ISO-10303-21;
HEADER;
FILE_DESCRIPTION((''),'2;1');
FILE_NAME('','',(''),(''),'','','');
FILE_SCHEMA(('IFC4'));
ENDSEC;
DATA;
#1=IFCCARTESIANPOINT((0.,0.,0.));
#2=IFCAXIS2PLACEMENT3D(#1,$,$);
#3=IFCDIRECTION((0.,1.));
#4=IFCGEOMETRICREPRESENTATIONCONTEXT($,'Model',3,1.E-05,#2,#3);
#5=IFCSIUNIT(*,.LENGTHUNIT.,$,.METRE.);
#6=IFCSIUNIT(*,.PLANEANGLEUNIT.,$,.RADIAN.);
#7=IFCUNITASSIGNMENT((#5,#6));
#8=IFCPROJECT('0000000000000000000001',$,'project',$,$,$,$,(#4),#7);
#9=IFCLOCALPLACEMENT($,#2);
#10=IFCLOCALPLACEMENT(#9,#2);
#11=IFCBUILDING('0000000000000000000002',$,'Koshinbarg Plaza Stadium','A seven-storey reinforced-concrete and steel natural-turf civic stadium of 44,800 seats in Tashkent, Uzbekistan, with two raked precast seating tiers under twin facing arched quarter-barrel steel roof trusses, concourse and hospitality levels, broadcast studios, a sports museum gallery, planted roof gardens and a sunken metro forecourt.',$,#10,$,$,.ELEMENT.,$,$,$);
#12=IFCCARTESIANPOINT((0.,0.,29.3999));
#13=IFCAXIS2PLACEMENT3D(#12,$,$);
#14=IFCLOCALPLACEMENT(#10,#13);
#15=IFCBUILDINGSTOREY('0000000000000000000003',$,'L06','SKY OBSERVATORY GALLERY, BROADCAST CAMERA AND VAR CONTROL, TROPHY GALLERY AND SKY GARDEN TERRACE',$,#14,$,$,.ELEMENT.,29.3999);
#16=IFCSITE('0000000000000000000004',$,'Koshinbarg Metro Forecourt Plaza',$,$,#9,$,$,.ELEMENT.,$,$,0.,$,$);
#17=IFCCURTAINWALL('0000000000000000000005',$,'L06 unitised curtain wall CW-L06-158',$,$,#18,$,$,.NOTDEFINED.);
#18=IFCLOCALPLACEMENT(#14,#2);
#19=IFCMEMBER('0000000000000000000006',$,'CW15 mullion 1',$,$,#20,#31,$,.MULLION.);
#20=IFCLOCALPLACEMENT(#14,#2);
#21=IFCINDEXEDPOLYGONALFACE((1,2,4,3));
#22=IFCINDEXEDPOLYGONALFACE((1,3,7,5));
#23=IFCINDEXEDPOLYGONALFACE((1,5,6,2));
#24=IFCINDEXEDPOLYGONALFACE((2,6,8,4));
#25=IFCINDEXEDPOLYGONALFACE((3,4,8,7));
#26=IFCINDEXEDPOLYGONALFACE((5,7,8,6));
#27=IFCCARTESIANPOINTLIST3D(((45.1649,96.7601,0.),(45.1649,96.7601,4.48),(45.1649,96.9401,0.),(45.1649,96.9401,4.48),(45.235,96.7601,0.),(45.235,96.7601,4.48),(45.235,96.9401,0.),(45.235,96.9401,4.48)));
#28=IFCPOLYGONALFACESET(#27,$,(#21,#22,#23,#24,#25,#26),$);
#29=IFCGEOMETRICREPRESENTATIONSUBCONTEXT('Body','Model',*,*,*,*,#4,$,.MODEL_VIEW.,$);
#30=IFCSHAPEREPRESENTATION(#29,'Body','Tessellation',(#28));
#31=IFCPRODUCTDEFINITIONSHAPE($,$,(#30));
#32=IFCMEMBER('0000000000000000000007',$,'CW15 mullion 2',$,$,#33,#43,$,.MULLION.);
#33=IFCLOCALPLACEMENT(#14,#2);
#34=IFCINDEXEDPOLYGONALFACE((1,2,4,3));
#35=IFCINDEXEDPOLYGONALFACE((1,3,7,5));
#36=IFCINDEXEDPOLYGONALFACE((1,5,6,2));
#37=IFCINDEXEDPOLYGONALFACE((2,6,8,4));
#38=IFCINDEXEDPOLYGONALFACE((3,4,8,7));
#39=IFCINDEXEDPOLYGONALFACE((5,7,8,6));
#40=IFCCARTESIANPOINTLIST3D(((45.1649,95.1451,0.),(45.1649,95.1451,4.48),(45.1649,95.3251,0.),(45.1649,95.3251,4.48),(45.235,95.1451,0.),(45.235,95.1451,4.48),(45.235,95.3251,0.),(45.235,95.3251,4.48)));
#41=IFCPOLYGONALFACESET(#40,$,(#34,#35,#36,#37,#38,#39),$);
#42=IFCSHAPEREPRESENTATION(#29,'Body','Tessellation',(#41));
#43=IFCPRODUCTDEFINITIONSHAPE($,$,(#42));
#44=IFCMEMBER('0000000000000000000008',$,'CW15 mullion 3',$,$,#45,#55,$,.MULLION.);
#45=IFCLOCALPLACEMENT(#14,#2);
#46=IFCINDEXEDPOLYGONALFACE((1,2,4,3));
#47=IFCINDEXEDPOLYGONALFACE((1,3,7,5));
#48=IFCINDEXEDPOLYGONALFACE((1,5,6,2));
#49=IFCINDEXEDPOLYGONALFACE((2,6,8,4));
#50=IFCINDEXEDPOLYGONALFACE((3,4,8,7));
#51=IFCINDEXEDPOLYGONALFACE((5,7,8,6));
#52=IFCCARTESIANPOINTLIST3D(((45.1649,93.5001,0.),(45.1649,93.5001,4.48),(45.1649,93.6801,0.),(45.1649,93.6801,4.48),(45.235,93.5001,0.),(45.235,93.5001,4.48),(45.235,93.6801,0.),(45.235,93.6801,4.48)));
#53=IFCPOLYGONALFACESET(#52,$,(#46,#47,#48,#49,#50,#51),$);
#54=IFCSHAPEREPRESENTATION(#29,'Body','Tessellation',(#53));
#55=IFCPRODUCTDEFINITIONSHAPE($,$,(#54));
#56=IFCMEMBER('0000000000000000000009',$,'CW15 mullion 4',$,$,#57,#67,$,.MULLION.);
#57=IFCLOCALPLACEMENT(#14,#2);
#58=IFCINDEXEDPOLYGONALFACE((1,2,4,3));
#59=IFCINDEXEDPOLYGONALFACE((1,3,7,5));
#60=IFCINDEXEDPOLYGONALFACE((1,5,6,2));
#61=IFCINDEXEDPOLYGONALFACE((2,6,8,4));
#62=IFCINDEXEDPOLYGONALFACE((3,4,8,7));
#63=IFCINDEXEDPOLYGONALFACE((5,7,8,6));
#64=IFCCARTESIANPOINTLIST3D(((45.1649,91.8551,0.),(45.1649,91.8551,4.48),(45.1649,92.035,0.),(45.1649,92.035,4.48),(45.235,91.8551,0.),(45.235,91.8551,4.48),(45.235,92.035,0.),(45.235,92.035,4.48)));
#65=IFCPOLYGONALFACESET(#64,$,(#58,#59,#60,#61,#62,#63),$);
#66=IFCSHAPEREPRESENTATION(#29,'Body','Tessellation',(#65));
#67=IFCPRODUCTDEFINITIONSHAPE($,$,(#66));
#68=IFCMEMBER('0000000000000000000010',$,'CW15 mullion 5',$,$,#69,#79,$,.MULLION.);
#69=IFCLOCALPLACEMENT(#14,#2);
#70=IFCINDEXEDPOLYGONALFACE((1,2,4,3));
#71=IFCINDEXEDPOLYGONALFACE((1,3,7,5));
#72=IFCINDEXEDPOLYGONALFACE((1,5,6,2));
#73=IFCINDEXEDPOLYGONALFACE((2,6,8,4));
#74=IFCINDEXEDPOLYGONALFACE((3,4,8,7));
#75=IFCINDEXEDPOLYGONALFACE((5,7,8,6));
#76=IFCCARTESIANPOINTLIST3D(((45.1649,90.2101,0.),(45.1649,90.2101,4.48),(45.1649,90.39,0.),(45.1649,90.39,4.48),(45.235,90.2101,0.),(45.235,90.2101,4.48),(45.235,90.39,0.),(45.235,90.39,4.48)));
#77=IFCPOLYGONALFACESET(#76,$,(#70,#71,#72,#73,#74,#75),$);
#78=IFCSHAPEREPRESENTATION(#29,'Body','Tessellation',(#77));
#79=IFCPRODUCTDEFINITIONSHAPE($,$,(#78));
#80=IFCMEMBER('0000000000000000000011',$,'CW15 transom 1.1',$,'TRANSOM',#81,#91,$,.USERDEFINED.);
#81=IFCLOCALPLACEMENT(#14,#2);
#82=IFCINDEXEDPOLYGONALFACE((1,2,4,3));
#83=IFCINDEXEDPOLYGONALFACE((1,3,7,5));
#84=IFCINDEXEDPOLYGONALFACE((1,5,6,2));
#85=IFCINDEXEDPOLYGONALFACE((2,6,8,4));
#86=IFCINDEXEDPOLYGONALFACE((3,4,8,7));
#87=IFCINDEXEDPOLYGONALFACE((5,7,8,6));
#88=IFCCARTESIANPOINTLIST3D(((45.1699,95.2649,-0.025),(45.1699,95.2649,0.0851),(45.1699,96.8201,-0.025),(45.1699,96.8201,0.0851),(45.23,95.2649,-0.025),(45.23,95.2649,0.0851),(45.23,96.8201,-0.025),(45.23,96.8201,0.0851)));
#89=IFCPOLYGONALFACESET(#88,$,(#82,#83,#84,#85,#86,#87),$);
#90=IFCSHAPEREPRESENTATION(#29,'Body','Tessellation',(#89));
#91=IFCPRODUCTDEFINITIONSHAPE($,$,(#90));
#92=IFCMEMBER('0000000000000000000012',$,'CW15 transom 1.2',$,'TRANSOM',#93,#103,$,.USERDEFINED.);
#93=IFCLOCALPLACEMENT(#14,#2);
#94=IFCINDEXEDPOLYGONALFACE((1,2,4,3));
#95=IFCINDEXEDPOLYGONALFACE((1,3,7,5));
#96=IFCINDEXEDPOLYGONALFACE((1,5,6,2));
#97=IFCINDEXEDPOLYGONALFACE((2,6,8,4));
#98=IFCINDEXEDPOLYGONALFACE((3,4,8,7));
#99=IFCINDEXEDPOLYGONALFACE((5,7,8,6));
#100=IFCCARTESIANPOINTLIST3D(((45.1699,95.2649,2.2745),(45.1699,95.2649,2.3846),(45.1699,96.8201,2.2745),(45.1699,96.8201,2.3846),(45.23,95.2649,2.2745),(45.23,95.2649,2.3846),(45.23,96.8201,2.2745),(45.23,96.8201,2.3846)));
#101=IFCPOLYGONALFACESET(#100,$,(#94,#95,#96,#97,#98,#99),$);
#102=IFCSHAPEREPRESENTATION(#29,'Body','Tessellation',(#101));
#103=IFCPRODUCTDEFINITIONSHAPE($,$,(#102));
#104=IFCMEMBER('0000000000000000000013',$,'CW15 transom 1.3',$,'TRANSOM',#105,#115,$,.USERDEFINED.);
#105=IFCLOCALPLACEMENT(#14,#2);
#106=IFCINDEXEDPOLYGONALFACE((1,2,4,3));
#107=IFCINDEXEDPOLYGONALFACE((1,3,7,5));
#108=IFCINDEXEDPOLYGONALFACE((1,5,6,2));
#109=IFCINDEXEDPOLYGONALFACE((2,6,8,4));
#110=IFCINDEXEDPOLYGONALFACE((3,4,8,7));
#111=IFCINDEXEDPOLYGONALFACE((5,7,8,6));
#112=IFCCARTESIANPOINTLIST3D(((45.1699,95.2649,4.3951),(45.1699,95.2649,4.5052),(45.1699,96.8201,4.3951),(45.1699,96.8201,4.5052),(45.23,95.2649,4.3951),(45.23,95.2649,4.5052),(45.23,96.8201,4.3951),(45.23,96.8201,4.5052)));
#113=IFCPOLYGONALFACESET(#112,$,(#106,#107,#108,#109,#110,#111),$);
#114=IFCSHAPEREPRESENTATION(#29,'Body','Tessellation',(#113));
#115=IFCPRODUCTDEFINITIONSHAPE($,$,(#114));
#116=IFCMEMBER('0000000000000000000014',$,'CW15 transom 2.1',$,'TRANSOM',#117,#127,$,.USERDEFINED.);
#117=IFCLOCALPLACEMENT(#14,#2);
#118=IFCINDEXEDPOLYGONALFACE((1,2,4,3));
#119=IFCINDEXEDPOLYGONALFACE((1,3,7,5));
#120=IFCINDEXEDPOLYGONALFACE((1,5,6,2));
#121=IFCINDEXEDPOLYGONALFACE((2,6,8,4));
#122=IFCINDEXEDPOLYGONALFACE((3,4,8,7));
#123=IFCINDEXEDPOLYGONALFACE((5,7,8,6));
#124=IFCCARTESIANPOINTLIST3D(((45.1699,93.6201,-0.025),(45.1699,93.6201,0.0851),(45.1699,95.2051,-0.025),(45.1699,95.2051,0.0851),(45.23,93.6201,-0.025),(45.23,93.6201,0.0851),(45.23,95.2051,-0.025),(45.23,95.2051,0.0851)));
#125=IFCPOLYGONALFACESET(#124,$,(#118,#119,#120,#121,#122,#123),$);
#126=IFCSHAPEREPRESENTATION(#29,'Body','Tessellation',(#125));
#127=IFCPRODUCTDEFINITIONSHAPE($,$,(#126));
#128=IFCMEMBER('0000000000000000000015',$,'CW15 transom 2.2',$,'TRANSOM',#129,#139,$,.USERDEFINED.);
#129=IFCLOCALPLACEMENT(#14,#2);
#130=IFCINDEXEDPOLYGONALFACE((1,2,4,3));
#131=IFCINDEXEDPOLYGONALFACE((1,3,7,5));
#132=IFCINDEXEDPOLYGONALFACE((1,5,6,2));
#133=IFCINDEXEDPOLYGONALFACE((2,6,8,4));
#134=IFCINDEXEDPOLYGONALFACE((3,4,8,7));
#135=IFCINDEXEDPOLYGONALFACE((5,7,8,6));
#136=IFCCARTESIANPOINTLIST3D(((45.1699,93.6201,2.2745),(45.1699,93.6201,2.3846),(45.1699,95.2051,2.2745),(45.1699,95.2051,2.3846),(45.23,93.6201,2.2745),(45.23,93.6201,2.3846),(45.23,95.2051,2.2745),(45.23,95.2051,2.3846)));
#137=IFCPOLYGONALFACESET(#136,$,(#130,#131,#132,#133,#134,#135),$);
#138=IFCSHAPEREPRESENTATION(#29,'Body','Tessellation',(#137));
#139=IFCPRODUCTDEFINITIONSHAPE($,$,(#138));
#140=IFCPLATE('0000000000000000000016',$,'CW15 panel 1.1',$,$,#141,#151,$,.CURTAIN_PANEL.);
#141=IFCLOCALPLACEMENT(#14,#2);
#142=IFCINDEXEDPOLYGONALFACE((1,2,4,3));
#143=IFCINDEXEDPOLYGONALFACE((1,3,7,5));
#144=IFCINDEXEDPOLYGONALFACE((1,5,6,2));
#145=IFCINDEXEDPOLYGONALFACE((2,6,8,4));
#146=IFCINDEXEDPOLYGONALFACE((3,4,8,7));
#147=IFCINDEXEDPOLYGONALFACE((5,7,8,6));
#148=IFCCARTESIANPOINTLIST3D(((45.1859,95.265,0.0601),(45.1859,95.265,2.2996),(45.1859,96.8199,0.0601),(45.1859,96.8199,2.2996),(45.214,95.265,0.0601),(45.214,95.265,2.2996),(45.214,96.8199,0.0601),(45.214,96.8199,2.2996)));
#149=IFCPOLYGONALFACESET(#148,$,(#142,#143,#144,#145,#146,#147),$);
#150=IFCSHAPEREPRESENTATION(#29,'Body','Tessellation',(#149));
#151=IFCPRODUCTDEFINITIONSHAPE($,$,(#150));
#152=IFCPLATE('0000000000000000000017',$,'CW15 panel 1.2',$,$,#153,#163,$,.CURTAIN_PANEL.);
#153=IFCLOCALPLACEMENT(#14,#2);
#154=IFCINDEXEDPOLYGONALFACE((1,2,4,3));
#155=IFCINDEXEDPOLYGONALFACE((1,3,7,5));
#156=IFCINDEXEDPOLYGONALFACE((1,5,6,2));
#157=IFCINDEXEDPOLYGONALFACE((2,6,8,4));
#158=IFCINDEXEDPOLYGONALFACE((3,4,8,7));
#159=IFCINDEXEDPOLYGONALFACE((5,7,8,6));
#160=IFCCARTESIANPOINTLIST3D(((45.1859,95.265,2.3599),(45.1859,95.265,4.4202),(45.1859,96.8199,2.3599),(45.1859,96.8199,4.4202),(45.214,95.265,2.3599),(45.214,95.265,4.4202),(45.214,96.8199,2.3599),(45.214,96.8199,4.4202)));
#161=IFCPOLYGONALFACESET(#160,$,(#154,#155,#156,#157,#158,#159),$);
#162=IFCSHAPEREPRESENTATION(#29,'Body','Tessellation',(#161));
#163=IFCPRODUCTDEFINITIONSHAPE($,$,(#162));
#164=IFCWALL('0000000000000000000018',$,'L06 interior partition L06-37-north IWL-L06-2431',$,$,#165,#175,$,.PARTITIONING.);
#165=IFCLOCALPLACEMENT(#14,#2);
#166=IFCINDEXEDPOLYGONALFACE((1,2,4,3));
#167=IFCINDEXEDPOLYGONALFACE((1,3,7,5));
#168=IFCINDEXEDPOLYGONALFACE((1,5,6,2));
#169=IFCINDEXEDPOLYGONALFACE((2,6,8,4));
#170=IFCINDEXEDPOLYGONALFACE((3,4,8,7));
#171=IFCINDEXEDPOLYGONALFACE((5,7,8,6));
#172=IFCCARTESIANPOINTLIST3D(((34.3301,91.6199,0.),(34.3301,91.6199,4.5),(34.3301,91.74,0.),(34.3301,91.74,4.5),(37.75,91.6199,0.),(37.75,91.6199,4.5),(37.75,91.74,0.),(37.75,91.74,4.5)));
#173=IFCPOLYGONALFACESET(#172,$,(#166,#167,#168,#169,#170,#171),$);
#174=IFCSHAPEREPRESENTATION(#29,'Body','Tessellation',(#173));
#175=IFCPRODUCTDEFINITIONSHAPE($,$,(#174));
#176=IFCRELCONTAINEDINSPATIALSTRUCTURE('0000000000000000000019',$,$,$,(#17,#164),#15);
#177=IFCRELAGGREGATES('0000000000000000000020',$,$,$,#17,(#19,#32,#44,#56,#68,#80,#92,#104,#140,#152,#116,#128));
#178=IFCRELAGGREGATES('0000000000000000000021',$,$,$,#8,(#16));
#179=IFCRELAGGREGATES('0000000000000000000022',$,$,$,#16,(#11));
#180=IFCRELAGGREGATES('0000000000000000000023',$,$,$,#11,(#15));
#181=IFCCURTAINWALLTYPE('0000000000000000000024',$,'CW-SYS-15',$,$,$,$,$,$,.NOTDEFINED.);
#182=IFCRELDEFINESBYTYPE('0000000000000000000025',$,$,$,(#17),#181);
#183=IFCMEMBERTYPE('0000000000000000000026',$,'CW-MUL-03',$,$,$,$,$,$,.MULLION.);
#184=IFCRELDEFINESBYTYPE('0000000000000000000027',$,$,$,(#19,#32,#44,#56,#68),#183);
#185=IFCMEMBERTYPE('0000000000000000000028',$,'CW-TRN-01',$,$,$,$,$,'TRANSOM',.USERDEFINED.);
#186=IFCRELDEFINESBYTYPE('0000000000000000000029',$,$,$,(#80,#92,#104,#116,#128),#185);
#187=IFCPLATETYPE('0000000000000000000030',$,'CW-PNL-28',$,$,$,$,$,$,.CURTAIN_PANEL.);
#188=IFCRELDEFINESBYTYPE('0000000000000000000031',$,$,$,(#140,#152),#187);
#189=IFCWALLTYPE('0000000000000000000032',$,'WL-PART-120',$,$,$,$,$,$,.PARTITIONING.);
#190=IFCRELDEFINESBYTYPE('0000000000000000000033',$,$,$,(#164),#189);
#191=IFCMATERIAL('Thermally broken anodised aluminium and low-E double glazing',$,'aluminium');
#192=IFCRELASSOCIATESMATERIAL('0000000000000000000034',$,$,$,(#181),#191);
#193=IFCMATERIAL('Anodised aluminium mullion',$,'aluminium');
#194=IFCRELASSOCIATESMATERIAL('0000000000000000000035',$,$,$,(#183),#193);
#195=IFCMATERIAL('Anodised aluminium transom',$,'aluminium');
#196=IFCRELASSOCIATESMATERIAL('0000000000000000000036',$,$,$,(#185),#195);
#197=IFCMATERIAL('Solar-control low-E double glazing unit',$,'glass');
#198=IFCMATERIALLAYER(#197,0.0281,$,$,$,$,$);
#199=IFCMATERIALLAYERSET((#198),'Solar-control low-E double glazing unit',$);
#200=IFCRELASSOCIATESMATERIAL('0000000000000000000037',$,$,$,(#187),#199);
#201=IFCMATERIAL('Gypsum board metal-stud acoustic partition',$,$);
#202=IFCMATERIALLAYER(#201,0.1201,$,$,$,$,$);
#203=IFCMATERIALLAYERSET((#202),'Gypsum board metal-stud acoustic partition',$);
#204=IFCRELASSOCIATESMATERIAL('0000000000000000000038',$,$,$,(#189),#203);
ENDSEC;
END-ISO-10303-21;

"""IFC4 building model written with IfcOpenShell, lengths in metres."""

from ifc_helpers import new_model, si_unit, direction, frame, frame_2d, origin, origin_2d, place, context, subcontext, project, spatial, rectangle, extrude, material, layer, layer_set, material_profile, profile_set, type_object, element, aggregate, save


model = new_model("IFC4")

# Units and contexts
model_context = context("Model", 3, precision=1e-05, world=origin(), true_north=direction((0.0, 1.0)))
body_context = subcontext(model_context, "Body", "Model", "MODEL_VIEW")
ifc_project = project(units=[si_unit("LENGTHUNIT", "METRE"), si_unit("PLANEANGLEUNIT", "RADIAN")], contexts=[model_context])

# Site, building, storey
site_placement = place(None, origin())
site = spatial("IfcSite", under=ifc_project, at=site_placement, Name="Koshinbarg Metro Forecourt Plaza", CompositionType="ELEMENT", RefElevation=0.0)
building_placement = place(site_placement, origin())
building = spatial("IfcBuilding", under=site, at=building_placement, Name="Koshinbarg Plaza Stadium", Description="A seven-storey reinforced-concrete and steel natural-turf civic stadium of 44,800 seats in Tashkent, Uzbekistan, with two raked precast seating tiers under twin facing arched quarter-barrel steel roof trusses, concourse and hospitality levels, broadcast studios, a sports museum gallery, planted roof gardens and a sunken metro forecourt.", CompositionType="ELEMENT")
storey_placement = place(building_placement, frame((0.0, 0.0, 29.3999)))
storey = spatial("IfcBuildingStorey", under=building, at=storey_placement, Name="L06", Description="SKY OBSERVATORY GALLERY, BROADCAST CAMERA AND VAR CONTROL, TROPHY GALLERY AND SKY GARDEN TERRACE", CompositionType="ELEMENT", Elevation=29.3999)

# Curtain wall, members, plates
ifc_material_1 = material(Name="Thermally broken anodised aluminium and low-E double glazing", Category="aluminium")
curtain_wall_type = type_object("IfcCurtainWallType", Name="CW-SYS-15", PredefinedType="NOTDEFINED", material=ifc_material_1)
curtain_wall_placement = place(storey_placement, origin())
curtain_wall = element("IfcCurtainWall", 1, at=curtain_wall_placement, inside=storey, type_object=curtain_wall_type, Name="L06 unitised curtain wall CW-L06-158", PredefinedType="NOTDEFINED")
ifc_material_2 = material(Name="Anodised aluminium mullion", Category="aluminium")
ifc_material_profile_1 = material_profile(ifc_material_2, rectangle(XDim=0.0701, YDim=0.1799, at=origin_2d()), Name="ALU 70x180")
ifc_profile_set_1 = profile_set([ifc_material_profile_1], Name="Anodised aluminium mullion")
member_type_1 = type_object("IfcMemberType", Name="CW-MUL-03", PredefinedType="MULLION", material=ifc_profile_set_1)
member_1_placement = place(storey_placement, frame((45.2, 96.8501, 0.0), z_axis=(0.0, 0.0, 1.0), x_axis=(1.0, 0.0, 0.0)))
member_1 = element("IfcMember", 2, at=member_1_placement, type_object=member_type_1, Name="CW15 mullion 1", PredefinedType="MULLION", context=body_context, shape_type="SweptSolid", body=[
    extrude(rectangle(XDim=0.0701, YDim=0.1799, at=origin_2d()), origin(), (0.0, 0.0, 1.0), 4.48),
])
member_2_placement = place(storey_placement, frame((45.2, 95.2351, 0.0), z_axis=(0.0, 0.0, 1.0), x_axis=(1.0, 0.0, 0.0)))
member_2 = element("IfcMember", 3, at=member_2_placement, type_object=member_type_1, Name="CW15 mullion 2", PredefinedType="MULLION", context=body_context, shape_type="SweptSolid", body=[
    extrude(rectangle(XDim=0.0701, YDim=0.1799, at=origin_2d()), origin(), (0.0, 0.0, 1.0), 4.48),
])
member_3_placement = place(storey_placement, frame((45.2, 93.5901, 0.0), z_axis=(0.0, 0.0, 1.0), x_axis=(1.0, 0.0, 0.0)))
member_3 = element("IfcMember", 4, at=member_3_placement, type_object=member_type_1, Name="CW15 mullion 3", PredefinedType="MULLION", context=body_context, shape_type="SweptSolid", body=[
    extrude(rectangle(XDim=0.0701, YDim=0.1799, at=origin_2d()), origin(), (0.0, 0.0, 1.0), 4.48),
])
member_4_placement = place(storey_placement, frame((45.2, 91.9451, 0.0), z_axis=(0.0, 0.0, 1.0), x_axis=(1.0, 0.0, 0.0)))
member_4 = element("IfcMember", 5, at=member_4_placement, type_object=member_type_1, Name="CW15 mullion 4", PredefinedType="MULLION", context=body_context, shape_type="SweptSolid", body=[
    extrude(rectangle(XDim=0.0701, YDim=0.1799, at=origin_2d()), origin(), (0.0, 0.0, 1.0), 4.48),
])
member_5_placement = place(storey_placement, frame((45.2, 90.3, 0.0), z_axis=(0.0, 0.0, 1.0), x_axis=(1.0, 0.0, 0.0)))
member_5 = element("IfcMember", 6, at=member_5_placement, type_object=member_type_1, Name="CW15 mullion 5", PredefinedType="MULLION", context=body_context, shape_type="SweptSolid", body=[
    extrude(rectangle(XDim=0.0701, YDim=0.1799, at=origin_2d()), origin(), (0.0, 0.0, 1.0), 4.48),
])
ifc_material_3 = material(Name="Anodised aluminium transom", Category="aluminium")
ifc_material_profile_2 = material_profile(ifc_material_3, rectangle(XDim=0.0601, YDim=0.1101, at=origin_2d()), Name="ALU 60x110")
ifc_profile_set_2 = profile_set([ifc_material_profile_2], Name="Anodised aluminium transom")
member_type_2 = type_object("IfcMemberType", Name="CW-TRN-01", ElementType="TRANSOM", PredefinedType="USERDEFINED", material=ifc_profile_set_2)
member_6_placement = place(storey_placement, frame((45.2, 96.8201, 0.03), z_axis=(0.0, -1.0, 0.0), x_axis=(1.0, 0.0, 0.0)))
member_6 = element("IfcMember", 7, at=member_6_placement, type_object=member_type_2, Name="CW15 transom 1.1", ObjectType="TRANSOM", PredefinedType="USERDEFINED", context=body_context, shape_type="SweptSolid", body=[
    extrude(rectangle(XDim=0.0601, YDim=0.1101, at=origin_2d()), origin(), (0.0, 0.0, 1.0), 1.5552),
])
member_7_placement = place(storey_placement, frame((45.2, 96.8201, 2.3296), z_axis=(0.0, -1.0, 0.0), x_axis=(1.0, 0.0, 0.0)))
member_7 = element("IfcMember", 8, at=member_7_placement, type_object=member_type_2, Name="CW15 transom 1.2", ObjectType="TRANSOM", PredefinedType="USERDEFINED", context=body_context, shape_type="SweptSolid", body=[
    extrude(rectangle(XDim=0.0601, YDim=0.1101, at=origin_2d()), origin(), (0.0, 0.0, 1.0), 1.5552),
])
member_8_placement = place(storey_placement, frame((45.2, 96.8201, 4.4502), z_axis=(0.0, -1.0, 0.0), x_axis=(1.0, 0.0, 0.0)))
member_8 = element("IfcMember", 9, at=member_8_placement, type_object=member_type_2, Name="CW15 transom 1.3", ObjectType="TRANSOM", PredefinedType="USERDEFINED", context=body_context, shape_type="SweptSolid", body=[
    extrude(rectangle(XDim=0.0601, YDim=0.1101, at=origin_2d()), origin(), (0.0, 0.0, 1.0), 1.5552),
])
member_9_placement = place(storey_placement, frame((45.2, 95.2051, 0.03), z_axis=(0.0, -1.0, 0.0), x_axis=(1.0, 0.0, 0.0)))
member_9 = element("IfcMember", 10, at=member_9_placement, type_object=member_type_2, Name="CW15 transom 2.1", ObjectType="TRANSOM", PredefinedType="USERDEFINED", context=body_context, shape_type="SweptSolid", body=[
    extrude(rectangle(XDim=0.0601, YDim=0.1101, at=origin_2d()), origin(), (0.0, 0.0, 1.0), 1.585),
])
member_10_placement = place(storey_placement, frame((45.2, 95.2051, 2.3296), z_axis=(0.0, -1.0, 0.0), x_axis=(1.0, 0.0, 0.0)))
member_10 = element("IfcMember", 11, at=member_10_placement, type_object=member_type_2, Name="CW15 transom 2.2", ObjectType="TRANSOM", PredefinedType="USERDEFINED", context=body_context, shape_type="SweptSolid", body=[
    extrude(rectangle(XDim=0.0601, YDim=0.1101, at=origin_2d()), origin(), (0.0, 0.0, 1.0), 1.585),
])
ifc_material_4 = material(Name="Solar-control low-E double glazing unit", Category="glass")
ifc_layer_1 = layer(ifc_material_4, 0.0281)
ifc_layer_set_1 = layer_set([ifc_layer_1], Name="Solar-control low-E double glazing unit")
plate_type = type_object("IfcPlateType", Name="CW-PNL-28", PredefinedType="CURTAIN_PANEL", material=ifc_layer_set_1)
plate_1_placement = place(storey_placement, frame((45.2, 96.0425, 0.0601), z_axis=(0.0, 0.0, 1.0), x_axis=(0.0, -1.0, 0.0)))
plate_1 = element("IfcPlate", 12, at=plate_1_placement, type_object=plate_type, Name="CW15 panel 1.1", PredefinedType="CURTAIN_PANEL", context=body_context, shape_type="SweptSolid", body=[
    extrude(rectangle(XDim=1.5549, YDim=0.0281, at=origin_2d()), origin(), (0.0, 0.0, 1.0), 2.2395),
])
plate_2_placement = place(storey_placement, frame((45.2, 96.0425, 2.3599), z_axis=(0.0, 0.0, 1.0), x_axis=(0.0, -1.0, 0.0)))
plate_2 = element("IfcPlate", 13, at=plate_2_placement, type_object=plate_type, Name="CW15 panel 1.2", PredefinedType="CURTAIN_PANEL", context=body_context, shape_type="SweptSolid", body=[
    extrude(rectangle(XDim=1.5549, YDim=0.0281, at=origin_2d()), origin(), (0.0, 0.0, 1.0), 2.0603),
])
aggregate(curtain_wall, [member_1, member_2, member_3, member_4, member_5, member_6, member_7, member_8, plate_1, plate_2, member_9, member_10])

# Wall
ifc_material_5 = material(Name="Gypsum board metal-stud acoustic partition")
ifc_layer_2 = layer(ifc_material_5, 0.1201)
ifc_layer_set_2 = layer_set([ifc_layer_2], Name="Gypsum board metal-stud acoustic partition")
wall_type_1 = type_object("IfcWallType", Name="WL-PART-120", PredefinedType="PARTITIONING", material=ifc_layer_set_2)
wall_1_placement = place(storey_placement, frame((37.75, 91.6799, 0.0), z_axis=(0.0, 0.0, 1.0), x_axis=(-1.0, 0.0, 0.0)))
element("IfcWall", 14, at=wall_1_placement, inside=storey, type_object=wall_type_1, Name="L06 interior partition L06-37-north IWL-L06-2431", PredefinedType="PARTITIONING", context=body_context, shape_type="SweptSolid", body=[
    extrude(rectangle(XDim=3.4199, YDim=0.1201, at=frame_2d((1.71, 0.0))), origin(), (0.0, 0.0, 1.0), 4.5),
])

save(model, "model.ifc")
